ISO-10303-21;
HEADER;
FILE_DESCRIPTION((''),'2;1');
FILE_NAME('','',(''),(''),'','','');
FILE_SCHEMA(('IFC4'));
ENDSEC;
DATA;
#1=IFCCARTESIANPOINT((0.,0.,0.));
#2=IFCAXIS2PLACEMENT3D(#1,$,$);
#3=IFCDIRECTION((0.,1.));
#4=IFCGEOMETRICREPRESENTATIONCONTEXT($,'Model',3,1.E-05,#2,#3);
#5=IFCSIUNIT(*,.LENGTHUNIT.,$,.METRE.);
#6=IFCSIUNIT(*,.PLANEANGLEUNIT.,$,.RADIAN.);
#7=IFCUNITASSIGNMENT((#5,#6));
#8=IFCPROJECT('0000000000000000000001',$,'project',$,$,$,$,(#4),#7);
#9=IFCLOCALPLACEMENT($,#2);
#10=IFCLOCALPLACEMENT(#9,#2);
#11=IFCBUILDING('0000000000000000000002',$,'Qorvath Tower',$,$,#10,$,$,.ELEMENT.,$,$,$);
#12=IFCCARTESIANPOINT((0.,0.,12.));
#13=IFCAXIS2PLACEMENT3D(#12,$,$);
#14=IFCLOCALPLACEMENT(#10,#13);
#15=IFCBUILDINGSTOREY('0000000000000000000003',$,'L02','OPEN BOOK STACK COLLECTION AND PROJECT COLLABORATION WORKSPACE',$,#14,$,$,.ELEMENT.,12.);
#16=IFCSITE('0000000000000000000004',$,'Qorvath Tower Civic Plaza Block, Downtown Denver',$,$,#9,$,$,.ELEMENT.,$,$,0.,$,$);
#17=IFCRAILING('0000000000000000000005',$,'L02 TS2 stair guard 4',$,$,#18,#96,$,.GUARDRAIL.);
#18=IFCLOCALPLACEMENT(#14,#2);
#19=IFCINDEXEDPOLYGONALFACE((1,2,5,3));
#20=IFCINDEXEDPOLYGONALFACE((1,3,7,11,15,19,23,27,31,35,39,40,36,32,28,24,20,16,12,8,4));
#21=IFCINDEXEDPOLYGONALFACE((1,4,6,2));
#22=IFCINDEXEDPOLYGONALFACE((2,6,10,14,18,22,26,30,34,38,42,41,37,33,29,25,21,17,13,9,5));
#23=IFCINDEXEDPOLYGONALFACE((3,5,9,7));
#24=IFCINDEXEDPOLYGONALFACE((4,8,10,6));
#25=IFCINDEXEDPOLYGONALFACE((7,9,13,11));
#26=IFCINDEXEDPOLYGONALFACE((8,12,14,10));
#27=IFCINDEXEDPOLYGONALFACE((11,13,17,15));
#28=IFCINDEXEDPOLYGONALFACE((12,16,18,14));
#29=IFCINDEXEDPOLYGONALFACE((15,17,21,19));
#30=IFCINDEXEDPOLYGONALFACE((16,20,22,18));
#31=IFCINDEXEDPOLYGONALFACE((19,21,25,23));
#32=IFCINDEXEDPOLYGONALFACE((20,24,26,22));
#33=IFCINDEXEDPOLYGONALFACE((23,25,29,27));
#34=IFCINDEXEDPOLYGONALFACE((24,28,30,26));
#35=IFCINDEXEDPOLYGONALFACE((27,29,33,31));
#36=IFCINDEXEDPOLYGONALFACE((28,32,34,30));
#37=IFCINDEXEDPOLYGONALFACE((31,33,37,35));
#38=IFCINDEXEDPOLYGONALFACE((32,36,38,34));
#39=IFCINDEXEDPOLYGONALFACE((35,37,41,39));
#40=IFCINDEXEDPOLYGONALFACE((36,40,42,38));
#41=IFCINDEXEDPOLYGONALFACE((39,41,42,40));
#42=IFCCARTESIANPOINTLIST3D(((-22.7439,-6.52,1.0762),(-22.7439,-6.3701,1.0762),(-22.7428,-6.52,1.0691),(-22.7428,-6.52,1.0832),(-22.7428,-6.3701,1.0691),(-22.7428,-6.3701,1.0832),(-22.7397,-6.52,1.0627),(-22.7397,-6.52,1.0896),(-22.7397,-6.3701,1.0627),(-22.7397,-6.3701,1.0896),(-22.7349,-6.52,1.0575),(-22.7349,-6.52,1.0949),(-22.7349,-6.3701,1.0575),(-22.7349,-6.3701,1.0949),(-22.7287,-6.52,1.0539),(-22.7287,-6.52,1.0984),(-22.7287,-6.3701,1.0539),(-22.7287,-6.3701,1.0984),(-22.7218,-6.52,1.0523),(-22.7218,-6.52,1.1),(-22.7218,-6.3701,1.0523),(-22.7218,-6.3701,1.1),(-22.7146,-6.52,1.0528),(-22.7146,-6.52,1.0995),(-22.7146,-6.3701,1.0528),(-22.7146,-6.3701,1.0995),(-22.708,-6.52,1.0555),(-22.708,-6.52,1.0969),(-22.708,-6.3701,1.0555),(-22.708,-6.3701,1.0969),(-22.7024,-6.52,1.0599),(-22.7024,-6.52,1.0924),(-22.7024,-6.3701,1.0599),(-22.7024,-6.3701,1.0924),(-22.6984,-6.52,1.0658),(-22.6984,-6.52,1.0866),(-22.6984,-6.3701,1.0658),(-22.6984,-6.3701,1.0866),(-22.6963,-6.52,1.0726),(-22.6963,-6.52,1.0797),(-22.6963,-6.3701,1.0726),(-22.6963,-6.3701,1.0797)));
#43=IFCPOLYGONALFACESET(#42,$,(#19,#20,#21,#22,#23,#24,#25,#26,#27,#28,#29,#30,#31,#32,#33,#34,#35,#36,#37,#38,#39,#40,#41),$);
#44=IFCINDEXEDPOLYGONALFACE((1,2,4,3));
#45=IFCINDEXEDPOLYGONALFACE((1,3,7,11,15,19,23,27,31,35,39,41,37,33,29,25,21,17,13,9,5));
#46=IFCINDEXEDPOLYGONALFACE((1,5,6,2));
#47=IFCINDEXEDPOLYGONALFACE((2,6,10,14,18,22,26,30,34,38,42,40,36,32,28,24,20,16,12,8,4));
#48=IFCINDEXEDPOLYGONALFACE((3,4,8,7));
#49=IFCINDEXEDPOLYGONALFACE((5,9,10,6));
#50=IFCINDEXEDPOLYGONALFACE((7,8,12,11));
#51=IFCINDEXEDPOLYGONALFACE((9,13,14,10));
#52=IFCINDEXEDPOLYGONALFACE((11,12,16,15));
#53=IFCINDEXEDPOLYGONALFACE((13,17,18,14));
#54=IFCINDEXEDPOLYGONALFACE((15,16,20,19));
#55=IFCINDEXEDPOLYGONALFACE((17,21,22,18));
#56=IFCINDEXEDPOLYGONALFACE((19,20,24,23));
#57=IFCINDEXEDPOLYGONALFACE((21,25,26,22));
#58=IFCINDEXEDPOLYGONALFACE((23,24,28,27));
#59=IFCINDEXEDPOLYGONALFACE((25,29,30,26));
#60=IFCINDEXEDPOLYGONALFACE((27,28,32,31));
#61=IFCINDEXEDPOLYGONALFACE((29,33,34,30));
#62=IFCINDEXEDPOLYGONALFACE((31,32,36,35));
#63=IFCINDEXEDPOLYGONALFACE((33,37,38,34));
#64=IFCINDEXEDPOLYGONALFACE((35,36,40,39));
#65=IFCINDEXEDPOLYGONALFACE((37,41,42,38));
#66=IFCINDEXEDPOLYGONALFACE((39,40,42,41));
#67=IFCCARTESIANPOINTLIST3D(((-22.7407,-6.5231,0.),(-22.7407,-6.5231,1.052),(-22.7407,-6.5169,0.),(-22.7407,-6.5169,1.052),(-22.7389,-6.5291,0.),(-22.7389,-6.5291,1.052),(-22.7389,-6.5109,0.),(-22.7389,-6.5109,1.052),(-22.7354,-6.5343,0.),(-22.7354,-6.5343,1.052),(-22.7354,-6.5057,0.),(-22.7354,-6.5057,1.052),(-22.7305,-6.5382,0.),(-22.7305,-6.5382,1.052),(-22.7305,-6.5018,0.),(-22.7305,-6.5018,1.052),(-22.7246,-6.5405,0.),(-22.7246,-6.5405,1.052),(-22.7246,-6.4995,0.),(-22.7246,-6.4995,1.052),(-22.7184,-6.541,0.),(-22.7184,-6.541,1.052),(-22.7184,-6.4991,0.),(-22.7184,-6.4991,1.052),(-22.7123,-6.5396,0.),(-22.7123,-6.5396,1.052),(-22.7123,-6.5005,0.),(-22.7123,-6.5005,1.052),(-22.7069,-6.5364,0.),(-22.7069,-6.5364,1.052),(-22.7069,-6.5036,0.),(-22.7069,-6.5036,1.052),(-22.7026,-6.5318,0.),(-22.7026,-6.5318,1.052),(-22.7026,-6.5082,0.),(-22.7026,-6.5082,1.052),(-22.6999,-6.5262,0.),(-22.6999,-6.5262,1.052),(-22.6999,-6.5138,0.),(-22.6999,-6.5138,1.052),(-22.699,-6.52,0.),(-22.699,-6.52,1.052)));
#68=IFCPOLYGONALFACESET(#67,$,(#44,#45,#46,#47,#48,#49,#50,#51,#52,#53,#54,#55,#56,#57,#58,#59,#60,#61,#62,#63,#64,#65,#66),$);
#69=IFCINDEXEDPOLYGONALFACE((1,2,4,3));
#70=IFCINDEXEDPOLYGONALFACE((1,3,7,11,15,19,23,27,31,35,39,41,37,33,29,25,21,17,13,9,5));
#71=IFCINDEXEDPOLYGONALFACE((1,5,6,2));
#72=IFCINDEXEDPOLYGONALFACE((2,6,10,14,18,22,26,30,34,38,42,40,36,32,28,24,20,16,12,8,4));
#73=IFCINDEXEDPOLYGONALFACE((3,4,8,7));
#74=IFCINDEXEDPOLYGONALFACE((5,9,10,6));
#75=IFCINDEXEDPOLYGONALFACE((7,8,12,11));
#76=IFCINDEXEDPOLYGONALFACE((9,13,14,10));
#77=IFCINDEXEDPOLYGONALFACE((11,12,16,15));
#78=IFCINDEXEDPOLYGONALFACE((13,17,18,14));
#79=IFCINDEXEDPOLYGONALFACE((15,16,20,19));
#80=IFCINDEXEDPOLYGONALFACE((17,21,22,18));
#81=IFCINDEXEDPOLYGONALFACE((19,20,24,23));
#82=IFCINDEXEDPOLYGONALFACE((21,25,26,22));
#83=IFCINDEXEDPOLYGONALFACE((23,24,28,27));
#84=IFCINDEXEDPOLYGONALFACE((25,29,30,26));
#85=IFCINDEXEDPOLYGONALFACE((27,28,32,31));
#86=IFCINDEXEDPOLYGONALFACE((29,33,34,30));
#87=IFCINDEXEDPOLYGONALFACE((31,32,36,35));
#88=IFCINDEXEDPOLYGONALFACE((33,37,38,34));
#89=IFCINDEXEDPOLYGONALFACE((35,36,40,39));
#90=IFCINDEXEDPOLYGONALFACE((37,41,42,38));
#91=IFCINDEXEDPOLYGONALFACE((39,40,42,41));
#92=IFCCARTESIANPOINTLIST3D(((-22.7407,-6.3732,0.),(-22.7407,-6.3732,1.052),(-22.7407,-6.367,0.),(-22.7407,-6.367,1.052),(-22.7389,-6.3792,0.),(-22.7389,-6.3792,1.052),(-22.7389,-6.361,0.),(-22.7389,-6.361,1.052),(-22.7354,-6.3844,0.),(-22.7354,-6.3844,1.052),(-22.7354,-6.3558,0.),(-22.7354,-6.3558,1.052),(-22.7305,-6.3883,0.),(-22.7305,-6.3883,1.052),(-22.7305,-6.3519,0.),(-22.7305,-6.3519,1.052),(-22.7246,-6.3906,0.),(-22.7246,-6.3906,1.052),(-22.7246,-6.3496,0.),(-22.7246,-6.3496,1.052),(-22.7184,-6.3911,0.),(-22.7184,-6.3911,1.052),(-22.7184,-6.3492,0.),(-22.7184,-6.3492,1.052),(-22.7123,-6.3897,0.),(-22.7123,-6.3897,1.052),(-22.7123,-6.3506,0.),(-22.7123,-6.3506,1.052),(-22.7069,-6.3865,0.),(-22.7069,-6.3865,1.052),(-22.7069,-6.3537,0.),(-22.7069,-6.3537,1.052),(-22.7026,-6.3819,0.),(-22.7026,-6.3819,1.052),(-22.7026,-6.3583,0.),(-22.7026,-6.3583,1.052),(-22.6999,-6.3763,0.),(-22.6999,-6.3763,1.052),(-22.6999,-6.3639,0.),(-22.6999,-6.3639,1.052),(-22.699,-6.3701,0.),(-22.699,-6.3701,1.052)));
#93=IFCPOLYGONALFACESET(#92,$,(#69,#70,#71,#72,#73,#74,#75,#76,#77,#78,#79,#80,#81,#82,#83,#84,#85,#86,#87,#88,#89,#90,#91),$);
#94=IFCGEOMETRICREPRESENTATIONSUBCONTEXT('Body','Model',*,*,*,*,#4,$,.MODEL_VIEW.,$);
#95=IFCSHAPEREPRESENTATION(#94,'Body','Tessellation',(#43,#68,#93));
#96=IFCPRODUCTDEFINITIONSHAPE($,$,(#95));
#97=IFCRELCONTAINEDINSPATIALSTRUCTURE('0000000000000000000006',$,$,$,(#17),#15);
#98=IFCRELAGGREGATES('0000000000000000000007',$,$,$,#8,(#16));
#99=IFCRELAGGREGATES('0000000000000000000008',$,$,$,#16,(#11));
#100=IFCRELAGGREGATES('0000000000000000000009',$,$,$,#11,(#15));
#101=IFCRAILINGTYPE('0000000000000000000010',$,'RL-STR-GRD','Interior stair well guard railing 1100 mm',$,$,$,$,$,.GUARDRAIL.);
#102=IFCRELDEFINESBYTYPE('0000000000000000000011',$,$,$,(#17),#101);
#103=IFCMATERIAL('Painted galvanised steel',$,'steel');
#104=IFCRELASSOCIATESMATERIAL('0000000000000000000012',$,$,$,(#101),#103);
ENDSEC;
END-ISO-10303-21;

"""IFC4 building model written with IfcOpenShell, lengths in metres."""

from ifc_helpers import new_model, si_unit, direction, frame, origin, origin_2d, place, context, subcontext, project, spatial, circle, extrude, material, type_object, element, save


model = new_model("IFC4")

# Units and contexts
model_context = context("Model", 3, precision=1e-05, world=origin(), true_north=direction((0.0, 1.0)))
body_context = subcontext(model_context, "Body", "Model", "MODEL_VIEW")
ifc_project = project(units=[si_unit("LENGTHUNIT", "METRE"), si_unit("PLANEANGLEUNIT", "RADIAN")], contexts=[model_context])

# Site, building, storey
site_placement = place(None, origin())
site = spatial("IfcSite", under=ifc_project, at=site_placement, Name="Qorvath Tower Civic Plaza Block, Downtown Denver", CompositionType="ELEMENT", RefElevation=0.0)
building_placement = place(site_placement, origin())
building = spatial("IfcBuilding", under=site, at=building_placement, Name="Qorvath Tower", CompositionType="ELEMENT")
storey_placement = place(building_placement, frame((0.0, 0.0, 12.0)))
storey = spatial("IfcBuildingStorey", under=building, at=storey_placement, Name="L02", Description="OPEN BOOK STACK COLLECTION AND PROJECT COLLABORATION WORKSPACE", CompositionType="ELEMENT", Elevation=12.0)

# Railing
ifc_material_1 = material(Name="Painted galvanised steel", Category="steel")
railing_type_1 = type_object("IfcRailingType", Name="RL-STR-GRD", Description="Interior stair well guard railing 1100 mm", PredefinedType="GUARDRAIL", material=ifc_material_1)
railing_1_placement = place(storey_placement, frame((-22.72, -6.52, 0.0)))
element("IfcRailing", 1, at=railing_1_placement, inside=storey, type_object=railing_type_1, Name="L02 TS2 stair guard 4", PredefinedType="GUARDRAIL", context=body_context, shape_type="SweptSolid", body=[
    extrude(circle(Radius=0.0239, at=origin_2d()), frame((0.0, 0.0, 1.0762), z_axis=(0.0, 1.0, 0.0), x_axis=(-1.0, 0.0, 0.0)), (0.0, 0.0, 1.0), 0.1499),
    extrude(circle(Radius=0.021, at=origin_2d()), origin(), (0.0, 0.0, 1.0), 1.052),
    extrude(circle(Radius=0.021, at=origin_2d()), frame((0.0, 0.1499, 0.0)), (0.0, 0.0, 1.0), 1.052),
])

save(model, "model.ifc")
